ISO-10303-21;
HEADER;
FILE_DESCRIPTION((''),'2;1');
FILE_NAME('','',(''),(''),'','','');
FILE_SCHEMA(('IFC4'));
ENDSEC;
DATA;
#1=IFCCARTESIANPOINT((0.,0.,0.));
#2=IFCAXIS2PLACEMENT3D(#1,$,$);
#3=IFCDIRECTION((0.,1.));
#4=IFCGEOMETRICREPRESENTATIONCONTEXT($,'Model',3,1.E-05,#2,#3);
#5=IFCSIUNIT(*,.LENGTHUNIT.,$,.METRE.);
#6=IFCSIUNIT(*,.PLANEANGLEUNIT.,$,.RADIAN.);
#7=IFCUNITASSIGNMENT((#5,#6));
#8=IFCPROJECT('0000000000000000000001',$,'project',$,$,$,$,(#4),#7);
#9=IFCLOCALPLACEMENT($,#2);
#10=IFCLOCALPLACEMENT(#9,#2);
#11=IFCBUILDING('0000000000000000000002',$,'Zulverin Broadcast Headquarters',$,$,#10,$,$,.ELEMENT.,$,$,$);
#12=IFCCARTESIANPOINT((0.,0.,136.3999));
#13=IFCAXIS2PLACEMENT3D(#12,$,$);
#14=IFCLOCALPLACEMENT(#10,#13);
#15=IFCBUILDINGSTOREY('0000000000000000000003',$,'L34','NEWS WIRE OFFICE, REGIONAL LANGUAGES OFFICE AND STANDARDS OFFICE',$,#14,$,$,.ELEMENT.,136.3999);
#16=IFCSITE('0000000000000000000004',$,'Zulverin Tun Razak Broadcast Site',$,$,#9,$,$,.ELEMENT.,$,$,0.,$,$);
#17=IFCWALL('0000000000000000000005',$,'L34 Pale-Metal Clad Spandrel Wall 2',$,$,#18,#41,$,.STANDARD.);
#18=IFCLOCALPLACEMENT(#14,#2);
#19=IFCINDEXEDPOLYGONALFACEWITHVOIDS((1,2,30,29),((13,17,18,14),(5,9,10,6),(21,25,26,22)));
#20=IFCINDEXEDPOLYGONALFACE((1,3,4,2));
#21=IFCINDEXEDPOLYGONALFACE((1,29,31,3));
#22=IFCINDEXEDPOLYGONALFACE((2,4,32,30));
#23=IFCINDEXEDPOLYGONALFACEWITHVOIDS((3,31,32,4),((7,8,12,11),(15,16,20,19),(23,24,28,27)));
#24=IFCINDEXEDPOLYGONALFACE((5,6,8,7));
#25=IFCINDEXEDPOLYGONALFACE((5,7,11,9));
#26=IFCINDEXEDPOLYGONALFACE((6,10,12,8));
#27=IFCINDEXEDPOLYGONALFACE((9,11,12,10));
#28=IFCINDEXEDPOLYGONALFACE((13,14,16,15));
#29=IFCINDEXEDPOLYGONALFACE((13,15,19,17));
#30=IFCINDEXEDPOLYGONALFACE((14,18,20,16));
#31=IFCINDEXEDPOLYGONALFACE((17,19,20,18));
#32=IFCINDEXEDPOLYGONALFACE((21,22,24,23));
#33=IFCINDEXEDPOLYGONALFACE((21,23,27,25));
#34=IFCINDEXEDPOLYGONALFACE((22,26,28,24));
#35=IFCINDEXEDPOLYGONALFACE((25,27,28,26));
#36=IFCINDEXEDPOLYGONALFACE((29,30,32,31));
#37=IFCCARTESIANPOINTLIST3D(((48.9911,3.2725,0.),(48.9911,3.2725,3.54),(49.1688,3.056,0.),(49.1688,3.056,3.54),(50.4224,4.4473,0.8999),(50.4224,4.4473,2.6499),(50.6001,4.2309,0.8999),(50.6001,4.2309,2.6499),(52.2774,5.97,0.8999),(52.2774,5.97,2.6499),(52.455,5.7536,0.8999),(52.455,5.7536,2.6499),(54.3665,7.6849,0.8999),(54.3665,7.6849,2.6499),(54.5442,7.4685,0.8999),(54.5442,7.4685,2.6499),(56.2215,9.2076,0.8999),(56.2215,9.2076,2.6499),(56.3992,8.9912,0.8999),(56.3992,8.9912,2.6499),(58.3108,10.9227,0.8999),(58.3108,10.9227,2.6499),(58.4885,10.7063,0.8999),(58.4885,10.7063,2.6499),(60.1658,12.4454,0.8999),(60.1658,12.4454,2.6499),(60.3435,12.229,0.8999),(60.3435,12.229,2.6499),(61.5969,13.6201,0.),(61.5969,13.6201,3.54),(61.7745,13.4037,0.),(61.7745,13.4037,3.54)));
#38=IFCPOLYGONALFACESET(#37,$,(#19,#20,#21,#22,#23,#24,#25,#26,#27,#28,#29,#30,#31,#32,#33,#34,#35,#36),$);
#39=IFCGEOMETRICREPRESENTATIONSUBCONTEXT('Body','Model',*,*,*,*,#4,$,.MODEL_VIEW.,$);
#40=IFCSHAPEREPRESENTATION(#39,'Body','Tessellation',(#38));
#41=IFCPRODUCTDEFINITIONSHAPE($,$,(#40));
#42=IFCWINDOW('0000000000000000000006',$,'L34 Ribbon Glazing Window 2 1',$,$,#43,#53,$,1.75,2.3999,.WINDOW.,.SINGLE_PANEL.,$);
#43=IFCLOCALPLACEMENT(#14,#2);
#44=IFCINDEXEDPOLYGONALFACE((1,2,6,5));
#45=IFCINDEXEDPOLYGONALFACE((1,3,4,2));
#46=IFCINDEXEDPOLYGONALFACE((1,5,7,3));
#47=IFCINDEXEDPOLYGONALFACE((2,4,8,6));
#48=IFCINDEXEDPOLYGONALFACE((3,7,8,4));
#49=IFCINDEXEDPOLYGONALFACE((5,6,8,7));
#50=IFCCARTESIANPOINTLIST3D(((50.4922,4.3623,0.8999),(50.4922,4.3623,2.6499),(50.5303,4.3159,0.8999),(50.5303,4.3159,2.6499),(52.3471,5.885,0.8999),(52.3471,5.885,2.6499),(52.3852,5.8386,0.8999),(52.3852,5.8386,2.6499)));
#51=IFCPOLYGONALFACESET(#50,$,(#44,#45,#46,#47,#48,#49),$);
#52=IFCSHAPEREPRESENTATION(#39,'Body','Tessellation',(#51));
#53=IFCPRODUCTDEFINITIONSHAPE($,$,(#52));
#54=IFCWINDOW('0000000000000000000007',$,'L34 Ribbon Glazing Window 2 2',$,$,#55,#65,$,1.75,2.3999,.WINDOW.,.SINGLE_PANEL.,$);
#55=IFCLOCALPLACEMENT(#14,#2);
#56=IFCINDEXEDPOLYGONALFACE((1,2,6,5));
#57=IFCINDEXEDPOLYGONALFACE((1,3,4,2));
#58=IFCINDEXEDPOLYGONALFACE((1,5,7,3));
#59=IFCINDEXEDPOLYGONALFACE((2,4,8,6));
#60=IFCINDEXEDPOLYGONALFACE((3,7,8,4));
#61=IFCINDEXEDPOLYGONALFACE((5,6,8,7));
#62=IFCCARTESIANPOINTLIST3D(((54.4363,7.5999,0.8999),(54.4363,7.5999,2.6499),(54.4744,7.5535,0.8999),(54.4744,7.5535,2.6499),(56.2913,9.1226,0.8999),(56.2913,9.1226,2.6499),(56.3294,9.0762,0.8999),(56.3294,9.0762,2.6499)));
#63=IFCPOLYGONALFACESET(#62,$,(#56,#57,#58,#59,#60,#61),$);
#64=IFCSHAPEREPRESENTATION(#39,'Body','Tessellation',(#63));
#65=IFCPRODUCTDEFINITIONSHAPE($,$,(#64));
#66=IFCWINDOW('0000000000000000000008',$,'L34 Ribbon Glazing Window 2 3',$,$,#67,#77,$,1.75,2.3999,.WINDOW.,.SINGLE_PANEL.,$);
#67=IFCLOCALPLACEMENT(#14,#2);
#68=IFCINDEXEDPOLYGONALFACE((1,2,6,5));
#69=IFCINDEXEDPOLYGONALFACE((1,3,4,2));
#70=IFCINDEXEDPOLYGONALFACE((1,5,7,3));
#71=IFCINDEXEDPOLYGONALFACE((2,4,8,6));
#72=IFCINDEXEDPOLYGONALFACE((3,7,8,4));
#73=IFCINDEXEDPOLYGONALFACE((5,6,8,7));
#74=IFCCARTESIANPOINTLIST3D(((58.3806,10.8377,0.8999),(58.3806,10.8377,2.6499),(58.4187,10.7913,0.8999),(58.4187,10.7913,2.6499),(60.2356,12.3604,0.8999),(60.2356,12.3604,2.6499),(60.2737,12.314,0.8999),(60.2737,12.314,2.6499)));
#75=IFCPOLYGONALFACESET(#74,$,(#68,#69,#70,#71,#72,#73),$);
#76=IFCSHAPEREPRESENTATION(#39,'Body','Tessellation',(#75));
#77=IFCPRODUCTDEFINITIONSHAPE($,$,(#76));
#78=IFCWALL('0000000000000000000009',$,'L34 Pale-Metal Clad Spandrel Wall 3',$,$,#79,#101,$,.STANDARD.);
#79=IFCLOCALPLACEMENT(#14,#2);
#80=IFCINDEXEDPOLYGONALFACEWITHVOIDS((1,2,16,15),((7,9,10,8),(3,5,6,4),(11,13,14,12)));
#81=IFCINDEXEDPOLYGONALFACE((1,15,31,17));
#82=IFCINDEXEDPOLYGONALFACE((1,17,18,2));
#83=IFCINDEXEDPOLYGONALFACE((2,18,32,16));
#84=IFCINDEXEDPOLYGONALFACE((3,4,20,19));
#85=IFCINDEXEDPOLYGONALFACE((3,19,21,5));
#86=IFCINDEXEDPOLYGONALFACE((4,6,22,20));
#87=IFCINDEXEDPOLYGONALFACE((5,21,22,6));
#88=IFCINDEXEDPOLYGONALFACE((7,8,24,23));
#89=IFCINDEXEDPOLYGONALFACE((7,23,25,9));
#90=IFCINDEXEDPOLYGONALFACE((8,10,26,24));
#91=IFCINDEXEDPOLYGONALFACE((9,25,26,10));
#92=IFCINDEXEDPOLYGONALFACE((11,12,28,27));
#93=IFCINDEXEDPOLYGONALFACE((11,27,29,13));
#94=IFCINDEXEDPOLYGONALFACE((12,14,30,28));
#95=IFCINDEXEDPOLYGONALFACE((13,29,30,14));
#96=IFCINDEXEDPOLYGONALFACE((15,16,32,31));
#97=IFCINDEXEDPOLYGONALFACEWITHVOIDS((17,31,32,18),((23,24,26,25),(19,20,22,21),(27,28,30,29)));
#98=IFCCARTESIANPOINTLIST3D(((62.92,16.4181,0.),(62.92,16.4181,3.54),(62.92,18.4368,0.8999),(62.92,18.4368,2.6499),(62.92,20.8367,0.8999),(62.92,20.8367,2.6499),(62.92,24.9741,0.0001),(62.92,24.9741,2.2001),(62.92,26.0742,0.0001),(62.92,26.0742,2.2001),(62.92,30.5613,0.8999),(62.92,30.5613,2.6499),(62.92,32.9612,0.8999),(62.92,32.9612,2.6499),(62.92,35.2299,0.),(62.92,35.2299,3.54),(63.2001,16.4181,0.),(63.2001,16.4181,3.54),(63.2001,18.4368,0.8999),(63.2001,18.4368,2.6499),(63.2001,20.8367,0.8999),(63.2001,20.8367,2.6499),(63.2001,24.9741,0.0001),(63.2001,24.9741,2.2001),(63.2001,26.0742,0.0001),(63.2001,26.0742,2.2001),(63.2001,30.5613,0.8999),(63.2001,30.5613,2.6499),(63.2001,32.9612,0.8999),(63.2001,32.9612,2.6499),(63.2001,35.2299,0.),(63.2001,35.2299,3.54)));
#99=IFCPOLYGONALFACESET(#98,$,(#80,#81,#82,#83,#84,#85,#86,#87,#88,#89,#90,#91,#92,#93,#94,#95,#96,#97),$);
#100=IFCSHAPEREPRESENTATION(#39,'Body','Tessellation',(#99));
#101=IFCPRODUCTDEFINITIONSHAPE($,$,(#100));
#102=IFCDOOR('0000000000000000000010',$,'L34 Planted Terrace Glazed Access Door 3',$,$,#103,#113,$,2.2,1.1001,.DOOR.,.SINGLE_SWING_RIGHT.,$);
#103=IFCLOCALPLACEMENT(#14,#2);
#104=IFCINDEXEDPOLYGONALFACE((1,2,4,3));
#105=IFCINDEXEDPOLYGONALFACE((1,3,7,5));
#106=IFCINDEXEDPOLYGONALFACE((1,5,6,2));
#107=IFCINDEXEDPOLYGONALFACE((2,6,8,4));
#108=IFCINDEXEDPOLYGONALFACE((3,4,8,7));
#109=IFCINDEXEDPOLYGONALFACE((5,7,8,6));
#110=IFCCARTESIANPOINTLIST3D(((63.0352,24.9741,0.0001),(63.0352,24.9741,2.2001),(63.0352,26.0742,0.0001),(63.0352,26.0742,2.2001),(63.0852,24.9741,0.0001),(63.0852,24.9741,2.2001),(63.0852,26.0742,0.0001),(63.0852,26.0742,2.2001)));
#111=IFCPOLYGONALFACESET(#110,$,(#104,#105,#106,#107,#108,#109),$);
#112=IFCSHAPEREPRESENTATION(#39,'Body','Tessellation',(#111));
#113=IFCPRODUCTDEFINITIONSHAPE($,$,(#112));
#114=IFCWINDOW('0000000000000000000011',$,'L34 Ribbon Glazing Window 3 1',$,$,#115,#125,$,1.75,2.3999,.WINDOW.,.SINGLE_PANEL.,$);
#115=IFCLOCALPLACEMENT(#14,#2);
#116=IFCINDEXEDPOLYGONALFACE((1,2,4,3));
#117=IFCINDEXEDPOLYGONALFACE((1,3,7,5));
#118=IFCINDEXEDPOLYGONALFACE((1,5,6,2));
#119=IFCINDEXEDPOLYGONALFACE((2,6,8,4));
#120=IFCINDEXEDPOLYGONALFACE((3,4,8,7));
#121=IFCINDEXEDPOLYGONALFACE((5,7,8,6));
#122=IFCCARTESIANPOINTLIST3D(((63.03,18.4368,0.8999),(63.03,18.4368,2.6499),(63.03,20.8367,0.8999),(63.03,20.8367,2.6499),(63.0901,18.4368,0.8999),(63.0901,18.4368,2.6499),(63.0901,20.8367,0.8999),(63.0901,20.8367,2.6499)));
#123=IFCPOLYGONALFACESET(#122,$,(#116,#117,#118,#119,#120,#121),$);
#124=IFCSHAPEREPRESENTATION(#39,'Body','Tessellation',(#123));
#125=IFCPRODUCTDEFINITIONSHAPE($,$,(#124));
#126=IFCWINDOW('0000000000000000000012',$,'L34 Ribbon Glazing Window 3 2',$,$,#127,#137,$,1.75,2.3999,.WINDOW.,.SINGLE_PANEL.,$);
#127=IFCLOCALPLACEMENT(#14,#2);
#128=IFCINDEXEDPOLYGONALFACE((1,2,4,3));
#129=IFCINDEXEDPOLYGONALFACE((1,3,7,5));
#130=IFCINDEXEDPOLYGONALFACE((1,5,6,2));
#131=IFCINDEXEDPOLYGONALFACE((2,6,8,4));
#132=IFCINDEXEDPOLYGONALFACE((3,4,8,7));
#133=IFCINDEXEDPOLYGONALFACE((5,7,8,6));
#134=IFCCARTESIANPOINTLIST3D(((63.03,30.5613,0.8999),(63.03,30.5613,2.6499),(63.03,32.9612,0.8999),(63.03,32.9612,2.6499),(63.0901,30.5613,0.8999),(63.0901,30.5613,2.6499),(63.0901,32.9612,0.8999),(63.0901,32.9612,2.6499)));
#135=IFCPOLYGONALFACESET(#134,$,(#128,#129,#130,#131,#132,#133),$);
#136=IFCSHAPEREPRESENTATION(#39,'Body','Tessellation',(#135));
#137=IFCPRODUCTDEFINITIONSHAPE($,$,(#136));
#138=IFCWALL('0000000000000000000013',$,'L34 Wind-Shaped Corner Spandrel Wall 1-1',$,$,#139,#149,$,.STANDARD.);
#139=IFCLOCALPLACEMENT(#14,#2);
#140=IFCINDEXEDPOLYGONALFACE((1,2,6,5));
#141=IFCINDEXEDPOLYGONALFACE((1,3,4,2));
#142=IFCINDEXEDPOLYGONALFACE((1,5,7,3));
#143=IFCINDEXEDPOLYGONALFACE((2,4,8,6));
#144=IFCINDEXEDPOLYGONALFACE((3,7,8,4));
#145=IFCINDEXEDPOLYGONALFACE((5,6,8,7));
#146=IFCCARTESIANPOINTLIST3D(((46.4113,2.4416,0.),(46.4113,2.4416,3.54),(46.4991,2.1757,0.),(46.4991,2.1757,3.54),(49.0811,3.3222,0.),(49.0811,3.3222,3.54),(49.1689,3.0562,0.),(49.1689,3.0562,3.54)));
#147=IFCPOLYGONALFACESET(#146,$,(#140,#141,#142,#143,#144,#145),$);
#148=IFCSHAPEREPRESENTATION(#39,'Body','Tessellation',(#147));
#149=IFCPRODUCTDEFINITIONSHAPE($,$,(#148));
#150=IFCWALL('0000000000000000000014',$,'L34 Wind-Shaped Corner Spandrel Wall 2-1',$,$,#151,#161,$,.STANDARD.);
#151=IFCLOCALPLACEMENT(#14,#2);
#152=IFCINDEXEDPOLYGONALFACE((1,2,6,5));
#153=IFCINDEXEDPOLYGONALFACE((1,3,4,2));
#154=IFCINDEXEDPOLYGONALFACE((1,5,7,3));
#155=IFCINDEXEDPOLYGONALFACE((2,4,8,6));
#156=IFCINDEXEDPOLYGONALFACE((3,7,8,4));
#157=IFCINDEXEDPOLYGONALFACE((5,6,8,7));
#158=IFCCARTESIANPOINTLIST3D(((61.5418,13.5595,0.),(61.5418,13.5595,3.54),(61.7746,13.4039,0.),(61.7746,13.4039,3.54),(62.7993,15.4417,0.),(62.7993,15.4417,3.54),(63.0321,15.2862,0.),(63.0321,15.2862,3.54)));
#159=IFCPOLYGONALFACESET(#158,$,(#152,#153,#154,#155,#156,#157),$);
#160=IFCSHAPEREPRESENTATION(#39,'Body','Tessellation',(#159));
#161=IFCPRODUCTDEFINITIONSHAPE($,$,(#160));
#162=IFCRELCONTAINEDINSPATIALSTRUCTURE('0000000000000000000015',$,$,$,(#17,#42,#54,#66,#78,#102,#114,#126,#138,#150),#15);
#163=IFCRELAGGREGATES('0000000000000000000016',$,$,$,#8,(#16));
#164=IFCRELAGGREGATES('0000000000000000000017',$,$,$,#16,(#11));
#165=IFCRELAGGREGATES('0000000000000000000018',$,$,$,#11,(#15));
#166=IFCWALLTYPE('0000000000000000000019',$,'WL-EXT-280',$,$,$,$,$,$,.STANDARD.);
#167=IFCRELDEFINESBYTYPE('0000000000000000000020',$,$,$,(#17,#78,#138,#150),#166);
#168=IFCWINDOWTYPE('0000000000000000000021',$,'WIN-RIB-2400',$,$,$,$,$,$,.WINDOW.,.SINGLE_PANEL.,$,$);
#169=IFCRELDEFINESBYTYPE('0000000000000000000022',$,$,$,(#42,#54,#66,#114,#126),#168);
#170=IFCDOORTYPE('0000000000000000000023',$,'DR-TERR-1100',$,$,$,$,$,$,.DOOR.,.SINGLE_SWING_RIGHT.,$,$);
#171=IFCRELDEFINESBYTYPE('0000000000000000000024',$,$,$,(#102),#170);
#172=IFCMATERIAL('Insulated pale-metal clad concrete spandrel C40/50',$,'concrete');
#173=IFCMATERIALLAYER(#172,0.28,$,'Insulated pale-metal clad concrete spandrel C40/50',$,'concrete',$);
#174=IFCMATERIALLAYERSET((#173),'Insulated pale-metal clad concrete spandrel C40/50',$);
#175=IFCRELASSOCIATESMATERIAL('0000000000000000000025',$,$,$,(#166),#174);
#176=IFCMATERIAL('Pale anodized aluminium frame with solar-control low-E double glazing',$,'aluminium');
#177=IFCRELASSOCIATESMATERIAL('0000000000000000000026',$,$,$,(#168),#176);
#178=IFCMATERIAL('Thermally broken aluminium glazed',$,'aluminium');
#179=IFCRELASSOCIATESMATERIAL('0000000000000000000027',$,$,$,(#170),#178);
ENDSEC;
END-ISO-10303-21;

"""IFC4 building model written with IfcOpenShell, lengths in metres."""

from ifc_helpers import new_model, si_unit, direction, frame, frame_2d, origin, place, context, subcontext, project, spatial, rectangle, extrude, material, layer, layer_set, type_object, element, fill, save


model = new_model("IFC4")

# Units and contexts
model_context = context("Model", 3, precision=1e-05, world=origin(), true_north=direction((0.0, 1.0)))
body_context = subcontext(model_context, "Body", "Model", "MODEL_VIEW")
ifc_project = project(units=[si_unit("LENGTHUNIT", "METRE"), si_unit("PLANEANGLEUNIT", "RADIAN")], contexts=[model_context])

# Site, building, storey
site_placement = place(None, origin())
site = spatial("IfcSite", under=ifc_project, at=site_placement, Name="Zulverin Tun Razak Broadcast Site", CompositionType="ELEMENT", RefElevation=0.0)
building_placement = place(site_placement, origin())
building = spatial("IfcBuilding", under=site, at=building_placement, Name="Zulverin Broadcast Headquarters", CompositionType="ELEMENT")
storey_placement = place(building_placement, frame((0.0, 0.0, 136.3999)))
storey = spatial("IfcBuildingStorey", under=building, at=storey_placement, Name="L34", Description="NEWS WIRE OFFICE, REGIONAL LANGUAGES OFFICE AND STANDARDS OFFICE", CompositionType="ELEMENT", Elevation=136.3999)

# Wall, openings, windows
ifc_material_1 = material(Name="Insulated pale-metal clad concrete spandrel C40/50", Category="concrete")
ifc_layer_1 = layer(ifc_material_1, 0.28, Name="Insulated pale-metal clad concrete spandrel C40/50", Category="concrete")
ifc_layer_set_1 = layer_set([ifc_layer_1], Name="Insulated pale-metal clad concrete spandrel C40/50")
wall_type_1 = type_object("IfcWallType", Name="WL-EXT-280", PredefinedType="STANDARD", material=ifc_layer_set_1)
wall_1_placement = place(storey_placement, frame((49.0801, 3.1643, 0.0), z_axis=(0.0, 0.0, 1.0), x_axis=(0.772938, 0.634482, 0.0)))
wall_1 = element("IfcWall", 1, at=wall_1_placement, inside=storey, type_object=wall_type_1, Name="L34 Pale-Metal Clad Spandrel Wall 2", PredefinedType="STANDARD", context=body_context, shape_type="SweptSolid", body=[
    extrude(rectangle(XDim=16.3088, YDim=0.28, at=frame_2d((8.1543, 0.0))), origin(), (0.0, 0.0, 1.0), 3.54),
])
opening_1_placement = place(wall_1_placement, frame((1.8516, 0.0, 0.8999)))
opening_1 = element("IfcOpeningElement", 2, at=opening_1_placement, cuts=wall_1, PredefinedType="OPENING", context=body_context, shape_type="SweptSolid", body=[
    extrude(rectangle(XDim=2.3999, YDim=1.75, at=frame_2d((1.2, 0.875))), frame((0.0, 0.1499, 0.0), z_axis=(0.0, -1.0, 0.0), x_axis=(1.0, 0.0, 0.0)), (0.0, 0.0, 1.0), 0.3),
])
opening_2_placement = place(wall_1_placement, frame((6.9543, 0.0, 0.8999)))
opening_2 = element("IfcOpeningElement", 3, at=opening_2_placement, cuts=wall_1, PredefinedType="OPENING", context=body_context, shape_type="SweptSolid", body=[
    extrude(rectangle(XDim=2.3999, YDim=1.75, at=frame_2d((1.2, 0.875))), frame((0.0, 0.1499, 0.0), z_axis=(0.0, -1.0, 0.0), x_axis=(1.0, 0.0, 0.0)), (0.0, 0.0, 1.0), 0.3),
])
opening_3_placement = place(wall_1_placement, frame((12.0574, 0.0, 0.8999)))
opening_3 = element("IfcOpeningElement", 4, at=opening_3_placement, cuts=wall_1, PredefinedType="OPENING", context=body_context, shape_type="SweptSolid", body=[
    extrude(rectangle(XDim=2.3999, YDim=1.75, at=frame_2d((1.2, 0.875))), frame((0.0, 0.1499, 0.0), z_axis=(0.0, -1.0, 0.0), x_axis=(1.0, 0.0, 0.0)), (0.0, 0.0, 1.0), 0.3),
])
ifc_material_2 = material(Name="Pale anodized aluminium frame with solar-control low-E double glazing", Category="aluminium")
window_type = type_object("IfcWindowType", Name="WIN-RIB-2400", PartitioningType="SINGLE_PANEL", PredefinedType="WINDOW", material=ifc_material_2)
window_1_placement = place(opening_1_placement, origin())
window_1 = element("IfcWindow", 5, at=window_1_placement, inside=storey, type_object=window_type, Name="L34 Ribbon Glazing Window 2 1", OverallHeight=1.75, OverallWidth=2.3999, PartitioningType="SINGLE_PANEL", PredefinedType="WINDOW", context=body_context, shape_type="SweptSolid", body=[
    extrude(rectangle(XDim=2.3999, YDim=1.75, at=frame_2d((1.2, 0.875))), frame((0.0, 0.03, 0.0), z_axis=(0.0, -1.0, 0.0), x_axis=(1.0, 0.0, 0.0)), (0.0, 0.0, 1.0), 0.0601),
])
fill(opening_1, window_1)
window_2_placement = place(opening_2_placement, origin())
window_2 = element("IfcWindow", 6, at=window_2_placement, inside=storey, type_object=window_type, Name="L34 Ribbon Glazing Window 2 2", OverallHeight=1.75, OverallWidth=2.3999, PartitioningType="SINGLE_PANEL", PredefinedType="WINDOW", context=body_context, shape_type="SweptSolid", body=[
    extrude(rectangle(XDim=2.3999, YDim=1.75, at=frame_2d((1.2, 0.875))), frame((0.0, 0.03, 0.0), z_axis=(0.0, -1.0, 0.0), x_axis=(1.0, 0.0, 0.0)), (0.0, 0.0, 1.0), 0.0601),
])
fill(opening_2, window_2)
window_3_placement = place(opening_3_placement, origin())
window_3 = element("IfcWindow", 7, at=window_3_placement, inside=storey, type_object=window_type, Name="L34 Ribbon Glazing Window 2 3", OverallHeight=1.75, OverallWidth=2.3999, PartitioningType="SINGLE_PANEL", PredefinedType="WINDOW", context=body_context, shape_type="SweptSolid", body=[
    extrude(rectangle(XDim=2.3999, YDim=1.75, at=frame_2d((1.2, 0.875))), frame((0.0, 0.03, 0.0), z_axis=(0.0, -1.0, 0.0), x_axis=(1.0, 0.0, 0.0)), (0.0, 0.0, 1.0), 0.0601),
])
fill(opening_3, window_3)

# Wall, openings, door, windows
wall_2_placement = place(storey_placement, frame((63.0601, 16.4182, 0.0), z_axis=(0.0, 0.0, 1.0), x_axis=(0.0, 1.0, 0.0)))
wall_2 = element("IfcWall", 8, at=wall_2_placement, inside=storey, type_object=wall_type_1, Name="L34 Pale-Metal Clad Spandrel Wall 3", PredefinedType="STANDARD", context=body_context, shape_type="SweptSolid", body=[
    extrude(rectangle(XDim=18.8118, YDim=0.28, at=frame_2d((9.4058, 0.0))), origin(), (0.0, 0.0, 1.0), 3.54),
])
opening_4_placement = place(wall_2_placement, frame((8.5559, 0.0, 0.0)))
opening_4 = element("IfcOpeningElement", 9, at=opening_4_placement, cuts=wall_2, PredefinedType="OPENING", context=body_context, shape_type="SweptSolid", body=[
    extrude(rectangle(XDim=1.1001, YDim=2.2, at=frame_2d((0.55, 1.1001))), frame((0.0, 0.1499, 0.0), z_axis=(0.0, -1.0, 0.0), x_axis=(1.0, 0.0, 0.0)), (0.0, 0.0, 1.0), 0.3),
])
opening_5_placement = place(wall_2_placement, frame((2.0186, 0.0, 0.8999)))
opening_5 = element("IfcOpeningElement", 10, at=opening_5_placement, cuts=wall_2, PredefinedType="OPENING", context=body_context, shape_type="SweptSolid", body=[
    extrude(rectangle(XDim=2.3999, YDim=1.75, at=frame_2d((1.2, 0.875))), frame((0.0, 0.1499, 0.0), z_axis=(0.0, -1.0, 0.0), x_axis=(1.0, 0.0, 0.0)), (0.0, 0.0, 1.0), 0.3),
])
opening_6_placement = place(wall_2_placement, frame((14.1431, 0.0, 0.8999)))
opening_6 = element("IfcOpeningElement", 11, at=opening_6_placement, cuts=wall_2, PredefinedType="OPENING", context=body_context, shape_type="SweptSolid", body=[
    extrude(rectangle(XDim=2.3999, YDim=1.75, at=frame_2d((1.2, 0.875))), frame((0.0, 0.1499, 0.0), z_axis=(0.0, -1.0, 0.0), x_axis=(1.0, 0.0, 0.0)), (0.0, 0.0, 1.0), 0.3),
])
ifc_material_3 = material(Name="Thermally broken aluminium glazed", Category="aluminium")
door_type_1 = type_object("IfcDoorType", Name="DR-TERR-1100", OperationType="SINGLE_SWING_RIGHT", PredefinedType="DOOR", material=ifc_material_3)
door_1_placement = place(opening_4_placement, origin())
door_1 = element("IfcDoor", 12, at=door_1_placement, inside=storey, type_object=door_type_1, Name="L34 Planted Terrace Glazed Access Door 3", OperationType="SINGLE_SWING_RIGHT", OverallHeight=2.2, OverallWidth=1.1001, PredefinedType="DOOR", context=body_context, shape_type="SweptSolid", body=[
    extrude(rectangle(XDim=1.1001, YDim=2.2, at=frame_2d((0.55, 1.1001))), frame((0.0, 0.0249, 0.0), z_axis=(0.0, -1.0, 0.0), x_axis=(1.0, 0.0, 0.0)), (0.0, 0.0, 1.0), 0.05),
])
fill(opening_4, door_1)
window_4_placement = place(opening_5_placement, origin())
window_4 = element("IfcWindow", 13, at=window_4_placement, inside=storey, type_object=window_type, Name="L34 Ribbon Glazing Window 3 1", OverallHeight=1.75, OverallWidth=2.3999, PartitioningType="SINGLE_PANEL", PredefinedType="WINDOW", context=body_context, shape_type="SweptSolid", body=[
    extrude(rectangle(XDim=2.3999, YDim=1.75, at=frame_2d((1.2, 0.875))), frame((0.0, 0.03, 0.0), z_axis=(0.0, -1.0, 0.0), x_axis=(1.0, 0.0, 0.0)), (0.0, 0.0, 1.0), 0.0601),
])
fill(opening_5, window_4)
window_5_placement = place(opening_6_placement, origin())
window_5 = element("IfcWindow", 14, at=window_5_placement, inside=storey, type_object=window_type, Name="L34 Ribbon Glazing Window 3 2", OverallHeight=1.75, OverallWidth=2.3999, PartitioningType="SINGLE_PANEL", PredefinedType="WINDOW", context=body_context, shape_type="SweptSolid", body=[
    extrude(rectangle(XDim=2.3999, YDim=1.75, at=frame_2d((1.2, 0.875))), frame((0.0, 0.03, 0.0), z_axis=(0.0, -1.0, 0.0), x_axis=(1.0, 0.0, 0.0)), (0.0, 0.0, 1.0), 0.0601),
])
fill(opening_6, window_5)

# Walls
wall_3_placement = place(storey_placement, frame((46.4551, 2.3086, 0.0), z_axis=(0.0, 0.0, 1.0), x_axis=(0.949677, 0.31323, 0.0)))
element("IfcWall", 15, at=wall_3_placement, inside=storey, type_object=wall_type_1, Name="L34 Wind-Shaped Corner Spandrel Wall 1-1", PredefinedType="STANDARD", context=body_context, shape_type="SweptSolid", body=[
    extrude(rectangle(XDim=2.8113, YDim=0.28, at=frame_2d((1.4058, 0.0))), origin(), (0.0, 0.0, 1.0), 3.54),
])
wall_4_placement = place(storey_placement, frame((61.6582, 13.4817, 0.0), z_axis=(0.0, 0.0, 1.0), x_axis=(0.555521, 0.831502, 0.0)))
element("IfcWall", 16, at=wall_4_placement, inside=storey, type_object=wall_type_1, Name="L34 Wind-Shaped Corner Spandrel Wall 2-1", PredefinedType="STANDARD", context=body_context, shape_type="SweptSolid", body=[
    extrude(rectangle(XDim=2.2637, YDim=0.28, at=frame_2d((1.1318, 0.0))), origin(), (0.0, 0.0, 1.0), 3.54),
])

save(model, "model.ifc")
